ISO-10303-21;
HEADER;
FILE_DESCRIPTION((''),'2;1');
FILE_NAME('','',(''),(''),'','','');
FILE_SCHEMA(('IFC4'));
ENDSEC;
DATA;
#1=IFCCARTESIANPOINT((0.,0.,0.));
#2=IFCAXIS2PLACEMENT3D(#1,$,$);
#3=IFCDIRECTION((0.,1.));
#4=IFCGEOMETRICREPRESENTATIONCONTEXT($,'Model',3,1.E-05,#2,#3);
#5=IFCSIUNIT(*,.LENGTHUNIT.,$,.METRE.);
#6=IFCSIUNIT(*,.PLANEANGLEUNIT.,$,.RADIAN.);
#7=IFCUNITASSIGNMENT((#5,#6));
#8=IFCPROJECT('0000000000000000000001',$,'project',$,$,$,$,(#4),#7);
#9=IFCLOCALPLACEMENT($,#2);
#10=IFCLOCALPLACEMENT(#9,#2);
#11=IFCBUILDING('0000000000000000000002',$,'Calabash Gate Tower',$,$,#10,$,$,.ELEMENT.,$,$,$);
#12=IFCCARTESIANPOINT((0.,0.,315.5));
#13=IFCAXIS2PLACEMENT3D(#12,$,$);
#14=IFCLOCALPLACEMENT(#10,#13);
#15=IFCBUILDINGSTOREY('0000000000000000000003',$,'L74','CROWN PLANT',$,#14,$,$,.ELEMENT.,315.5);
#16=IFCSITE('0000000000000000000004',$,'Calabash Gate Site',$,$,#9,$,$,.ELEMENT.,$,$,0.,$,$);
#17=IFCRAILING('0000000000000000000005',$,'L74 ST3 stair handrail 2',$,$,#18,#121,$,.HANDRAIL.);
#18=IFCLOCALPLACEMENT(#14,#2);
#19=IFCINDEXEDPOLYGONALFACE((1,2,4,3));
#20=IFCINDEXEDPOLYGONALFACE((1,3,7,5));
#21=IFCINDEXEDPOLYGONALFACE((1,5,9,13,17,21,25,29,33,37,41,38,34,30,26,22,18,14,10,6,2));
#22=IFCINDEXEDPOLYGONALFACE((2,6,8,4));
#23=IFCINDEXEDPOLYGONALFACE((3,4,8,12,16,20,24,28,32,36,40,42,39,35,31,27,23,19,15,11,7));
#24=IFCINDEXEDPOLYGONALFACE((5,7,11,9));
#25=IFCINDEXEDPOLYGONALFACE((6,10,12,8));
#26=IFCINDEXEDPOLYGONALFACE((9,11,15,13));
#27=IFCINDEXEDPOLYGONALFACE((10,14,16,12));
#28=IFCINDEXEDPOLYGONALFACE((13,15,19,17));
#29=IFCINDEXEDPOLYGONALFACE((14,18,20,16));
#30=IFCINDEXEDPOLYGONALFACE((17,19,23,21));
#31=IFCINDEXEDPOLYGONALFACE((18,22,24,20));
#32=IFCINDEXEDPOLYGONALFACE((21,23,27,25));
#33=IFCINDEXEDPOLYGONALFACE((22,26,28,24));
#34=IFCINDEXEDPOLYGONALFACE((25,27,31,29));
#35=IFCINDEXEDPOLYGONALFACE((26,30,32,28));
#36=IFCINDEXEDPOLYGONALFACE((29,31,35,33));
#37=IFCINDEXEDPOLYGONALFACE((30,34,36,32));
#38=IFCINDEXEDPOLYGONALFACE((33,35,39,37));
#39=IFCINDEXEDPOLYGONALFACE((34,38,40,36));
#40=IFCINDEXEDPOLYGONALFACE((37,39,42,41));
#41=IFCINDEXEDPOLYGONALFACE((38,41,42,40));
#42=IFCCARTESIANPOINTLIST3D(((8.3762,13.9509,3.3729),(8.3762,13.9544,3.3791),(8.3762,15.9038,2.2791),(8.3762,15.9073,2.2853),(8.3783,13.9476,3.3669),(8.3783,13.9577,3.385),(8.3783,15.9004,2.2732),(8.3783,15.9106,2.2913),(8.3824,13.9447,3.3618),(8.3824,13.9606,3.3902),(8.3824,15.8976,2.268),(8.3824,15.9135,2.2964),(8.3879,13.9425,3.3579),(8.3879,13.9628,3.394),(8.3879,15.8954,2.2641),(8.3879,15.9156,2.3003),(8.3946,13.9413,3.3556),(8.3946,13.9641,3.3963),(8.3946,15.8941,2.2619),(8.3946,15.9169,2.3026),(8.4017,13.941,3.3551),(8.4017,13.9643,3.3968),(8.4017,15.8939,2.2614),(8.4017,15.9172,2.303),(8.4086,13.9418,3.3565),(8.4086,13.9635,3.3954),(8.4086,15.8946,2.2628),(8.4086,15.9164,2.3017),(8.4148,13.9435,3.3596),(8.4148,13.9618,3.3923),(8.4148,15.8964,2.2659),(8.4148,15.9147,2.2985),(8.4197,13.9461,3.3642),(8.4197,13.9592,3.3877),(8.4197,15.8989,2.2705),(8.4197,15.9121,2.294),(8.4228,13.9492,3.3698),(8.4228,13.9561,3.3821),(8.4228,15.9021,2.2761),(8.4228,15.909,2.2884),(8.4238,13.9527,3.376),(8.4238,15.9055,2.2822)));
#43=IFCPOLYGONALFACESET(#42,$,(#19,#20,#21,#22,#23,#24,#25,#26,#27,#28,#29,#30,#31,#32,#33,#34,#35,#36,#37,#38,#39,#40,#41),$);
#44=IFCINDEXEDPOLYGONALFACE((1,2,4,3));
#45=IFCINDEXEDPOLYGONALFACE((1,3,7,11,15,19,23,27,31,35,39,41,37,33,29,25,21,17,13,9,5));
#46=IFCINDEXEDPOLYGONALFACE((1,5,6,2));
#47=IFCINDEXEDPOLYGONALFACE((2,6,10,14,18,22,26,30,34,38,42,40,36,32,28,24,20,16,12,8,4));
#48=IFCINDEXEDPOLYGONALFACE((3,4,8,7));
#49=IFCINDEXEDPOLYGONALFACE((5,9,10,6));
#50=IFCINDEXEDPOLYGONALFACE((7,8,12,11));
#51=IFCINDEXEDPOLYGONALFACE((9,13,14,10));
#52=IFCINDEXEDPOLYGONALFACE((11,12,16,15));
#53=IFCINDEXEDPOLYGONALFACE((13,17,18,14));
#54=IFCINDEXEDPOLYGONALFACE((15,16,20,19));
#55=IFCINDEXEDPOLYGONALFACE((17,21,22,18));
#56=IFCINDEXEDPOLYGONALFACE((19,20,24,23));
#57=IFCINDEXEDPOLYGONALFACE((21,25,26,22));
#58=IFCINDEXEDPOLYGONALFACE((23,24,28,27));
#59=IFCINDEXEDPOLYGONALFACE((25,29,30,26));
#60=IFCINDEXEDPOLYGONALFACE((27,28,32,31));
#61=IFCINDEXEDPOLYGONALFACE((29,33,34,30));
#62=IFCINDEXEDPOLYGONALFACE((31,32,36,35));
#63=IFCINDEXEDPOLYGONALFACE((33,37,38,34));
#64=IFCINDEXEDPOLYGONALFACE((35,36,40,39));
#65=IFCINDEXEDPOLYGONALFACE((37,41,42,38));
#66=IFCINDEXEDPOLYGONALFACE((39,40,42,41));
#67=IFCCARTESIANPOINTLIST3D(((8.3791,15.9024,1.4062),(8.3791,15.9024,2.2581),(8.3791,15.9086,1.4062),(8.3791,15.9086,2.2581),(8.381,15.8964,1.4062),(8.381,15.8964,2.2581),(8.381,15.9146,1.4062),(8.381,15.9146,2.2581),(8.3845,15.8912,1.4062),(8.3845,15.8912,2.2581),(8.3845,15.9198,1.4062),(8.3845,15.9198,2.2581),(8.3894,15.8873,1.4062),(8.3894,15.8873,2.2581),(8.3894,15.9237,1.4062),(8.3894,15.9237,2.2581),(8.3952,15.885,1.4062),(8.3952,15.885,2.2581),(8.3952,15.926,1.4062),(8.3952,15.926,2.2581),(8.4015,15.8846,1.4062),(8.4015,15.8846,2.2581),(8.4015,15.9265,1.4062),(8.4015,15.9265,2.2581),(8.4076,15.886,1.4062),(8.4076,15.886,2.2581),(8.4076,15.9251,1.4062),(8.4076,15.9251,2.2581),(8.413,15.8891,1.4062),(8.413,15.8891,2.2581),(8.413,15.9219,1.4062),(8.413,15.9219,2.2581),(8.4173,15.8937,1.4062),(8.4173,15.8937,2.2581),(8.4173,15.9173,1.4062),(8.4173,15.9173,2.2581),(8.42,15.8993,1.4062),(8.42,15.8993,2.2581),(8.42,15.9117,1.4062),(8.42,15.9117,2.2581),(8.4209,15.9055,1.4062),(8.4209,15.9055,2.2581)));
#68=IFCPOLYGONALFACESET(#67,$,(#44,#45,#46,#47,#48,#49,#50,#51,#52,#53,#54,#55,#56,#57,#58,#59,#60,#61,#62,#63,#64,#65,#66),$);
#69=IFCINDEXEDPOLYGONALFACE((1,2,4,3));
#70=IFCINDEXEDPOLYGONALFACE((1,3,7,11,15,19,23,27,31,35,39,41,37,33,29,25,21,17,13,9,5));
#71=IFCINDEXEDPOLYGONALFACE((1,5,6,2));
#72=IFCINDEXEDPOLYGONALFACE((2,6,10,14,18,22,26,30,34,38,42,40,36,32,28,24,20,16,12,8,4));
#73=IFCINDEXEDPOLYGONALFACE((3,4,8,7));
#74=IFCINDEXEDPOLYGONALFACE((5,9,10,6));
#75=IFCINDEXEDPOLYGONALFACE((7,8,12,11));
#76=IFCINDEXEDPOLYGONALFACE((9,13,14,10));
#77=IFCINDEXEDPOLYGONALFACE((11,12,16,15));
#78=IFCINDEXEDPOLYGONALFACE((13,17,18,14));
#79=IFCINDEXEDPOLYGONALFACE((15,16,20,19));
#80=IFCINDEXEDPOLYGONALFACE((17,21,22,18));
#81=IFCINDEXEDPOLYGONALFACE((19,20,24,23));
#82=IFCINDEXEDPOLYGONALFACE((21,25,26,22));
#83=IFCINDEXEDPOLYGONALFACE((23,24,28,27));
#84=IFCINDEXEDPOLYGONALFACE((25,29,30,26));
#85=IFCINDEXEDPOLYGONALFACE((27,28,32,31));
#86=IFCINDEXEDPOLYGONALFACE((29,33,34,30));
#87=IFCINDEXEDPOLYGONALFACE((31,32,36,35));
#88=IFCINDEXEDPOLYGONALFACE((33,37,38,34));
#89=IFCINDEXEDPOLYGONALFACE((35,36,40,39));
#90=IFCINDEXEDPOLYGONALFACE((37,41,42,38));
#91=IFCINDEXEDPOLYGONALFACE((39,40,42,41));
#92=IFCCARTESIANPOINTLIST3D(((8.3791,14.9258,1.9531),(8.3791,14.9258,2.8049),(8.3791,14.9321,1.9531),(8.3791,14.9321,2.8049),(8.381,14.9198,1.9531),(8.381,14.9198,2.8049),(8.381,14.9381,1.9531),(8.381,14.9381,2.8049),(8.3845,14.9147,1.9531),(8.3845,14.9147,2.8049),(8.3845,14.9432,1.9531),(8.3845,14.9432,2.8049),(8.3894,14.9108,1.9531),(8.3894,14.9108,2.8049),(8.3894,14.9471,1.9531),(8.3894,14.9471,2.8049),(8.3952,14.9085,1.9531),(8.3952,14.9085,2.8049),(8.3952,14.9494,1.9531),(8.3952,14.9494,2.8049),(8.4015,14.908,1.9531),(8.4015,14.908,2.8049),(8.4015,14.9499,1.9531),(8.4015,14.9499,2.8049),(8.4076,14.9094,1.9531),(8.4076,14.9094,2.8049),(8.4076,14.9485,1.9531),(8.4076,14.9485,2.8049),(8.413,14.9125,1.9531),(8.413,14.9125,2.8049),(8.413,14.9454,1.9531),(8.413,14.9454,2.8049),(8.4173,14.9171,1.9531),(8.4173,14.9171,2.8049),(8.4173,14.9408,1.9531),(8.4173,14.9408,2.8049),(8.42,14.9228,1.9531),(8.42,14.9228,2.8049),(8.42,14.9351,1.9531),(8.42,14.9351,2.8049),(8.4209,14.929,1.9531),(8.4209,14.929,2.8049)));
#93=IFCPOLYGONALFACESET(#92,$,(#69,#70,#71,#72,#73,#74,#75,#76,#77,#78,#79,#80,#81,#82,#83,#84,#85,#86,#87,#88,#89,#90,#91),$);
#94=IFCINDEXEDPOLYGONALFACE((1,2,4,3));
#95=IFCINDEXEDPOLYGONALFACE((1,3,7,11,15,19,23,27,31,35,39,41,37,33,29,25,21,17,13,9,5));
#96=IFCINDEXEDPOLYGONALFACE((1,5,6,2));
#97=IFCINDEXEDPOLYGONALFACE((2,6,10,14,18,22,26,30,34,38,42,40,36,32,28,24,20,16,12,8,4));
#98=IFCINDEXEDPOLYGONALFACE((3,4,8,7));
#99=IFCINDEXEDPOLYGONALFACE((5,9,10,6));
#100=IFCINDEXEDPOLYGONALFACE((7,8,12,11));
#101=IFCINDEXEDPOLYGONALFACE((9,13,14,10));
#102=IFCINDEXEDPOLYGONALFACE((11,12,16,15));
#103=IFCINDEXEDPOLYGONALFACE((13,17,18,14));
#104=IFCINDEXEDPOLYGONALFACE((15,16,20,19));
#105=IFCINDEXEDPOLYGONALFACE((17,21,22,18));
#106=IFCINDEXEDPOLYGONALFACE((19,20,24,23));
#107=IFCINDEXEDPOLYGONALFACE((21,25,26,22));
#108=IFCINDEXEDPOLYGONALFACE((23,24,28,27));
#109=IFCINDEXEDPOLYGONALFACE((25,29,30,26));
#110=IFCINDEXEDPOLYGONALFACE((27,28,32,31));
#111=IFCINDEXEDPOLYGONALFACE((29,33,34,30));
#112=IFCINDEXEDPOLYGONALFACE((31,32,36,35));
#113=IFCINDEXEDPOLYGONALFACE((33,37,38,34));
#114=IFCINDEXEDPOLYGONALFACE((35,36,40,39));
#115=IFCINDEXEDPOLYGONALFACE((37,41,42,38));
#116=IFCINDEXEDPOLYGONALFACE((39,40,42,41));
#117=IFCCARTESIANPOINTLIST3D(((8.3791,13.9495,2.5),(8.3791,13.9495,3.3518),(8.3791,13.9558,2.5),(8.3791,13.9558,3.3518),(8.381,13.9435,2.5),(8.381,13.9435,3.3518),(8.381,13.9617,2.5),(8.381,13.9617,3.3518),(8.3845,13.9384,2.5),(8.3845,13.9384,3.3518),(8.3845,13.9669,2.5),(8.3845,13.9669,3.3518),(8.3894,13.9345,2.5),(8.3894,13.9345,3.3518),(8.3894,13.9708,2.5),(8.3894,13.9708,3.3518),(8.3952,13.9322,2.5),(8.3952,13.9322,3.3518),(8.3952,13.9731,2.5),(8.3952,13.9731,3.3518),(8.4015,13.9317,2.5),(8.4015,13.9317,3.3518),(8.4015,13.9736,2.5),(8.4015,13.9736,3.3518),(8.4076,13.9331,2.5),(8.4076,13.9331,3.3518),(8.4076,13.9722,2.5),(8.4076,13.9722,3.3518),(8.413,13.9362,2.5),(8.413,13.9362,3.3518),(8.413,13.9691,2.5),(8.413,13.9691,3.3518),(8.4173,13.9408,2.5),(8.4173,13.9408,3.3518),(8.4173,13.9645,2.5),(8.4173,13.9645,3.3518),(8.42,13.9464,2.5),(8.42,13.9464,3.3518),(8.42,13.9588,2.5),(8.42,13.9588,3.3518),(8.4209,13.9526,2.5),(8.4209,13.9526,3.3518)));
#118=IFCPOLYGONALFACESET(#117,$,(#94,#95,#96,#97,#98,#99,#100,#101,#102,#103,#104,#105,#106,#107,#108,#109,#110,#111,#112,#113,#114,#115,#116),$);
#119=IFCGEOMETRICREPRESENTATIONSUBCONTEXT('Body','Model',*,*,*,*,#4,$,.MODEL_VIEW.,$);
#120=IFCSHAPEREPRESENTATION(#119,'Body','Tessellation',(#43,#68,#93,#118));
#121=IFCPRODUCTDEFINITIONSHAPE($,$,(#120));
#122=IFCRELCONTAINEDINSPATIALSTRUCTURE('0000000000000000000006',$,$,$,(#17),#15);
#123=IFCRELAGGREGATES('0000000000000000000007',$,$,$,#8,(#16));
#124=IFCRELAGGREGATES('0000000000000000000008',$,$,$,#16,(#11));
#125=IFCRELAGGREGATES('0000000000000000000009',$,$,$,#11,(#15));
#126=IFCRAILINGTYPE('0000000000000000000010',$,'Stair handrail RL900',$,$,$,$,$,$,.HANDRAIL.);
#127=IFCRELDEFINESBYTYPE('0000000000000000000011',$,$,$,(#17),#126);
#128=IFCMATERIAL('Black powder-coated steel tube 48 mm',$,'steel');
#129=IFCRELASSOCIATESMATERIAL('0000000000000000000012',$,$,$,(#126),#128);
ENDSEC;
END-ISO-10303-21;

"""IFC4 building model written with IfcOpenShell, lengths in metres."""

from ifc_helpers import new_model, si_unit, direction, frame, origin, origin_2d, place, context, subcontext, project, spatial, circle, extrude, material, type_object, element, save


model = new_model("IFC4")

# Units and contexts
model_context = context("Model", 3, precision=1e-05, world=origin(), true_north=direction((0.0, 1.0)))
body_context = subcontext(model_context, "Body", "Model", "MODEL_VIEW")
ifc_project = project(units=[si_unit("LENGTHUNIT", "METRE"), si_unit("PLANEANGLEUNIT", "RADIAN")], contexts=[model_context])

# Site, building, storey
site_placement = place(None, origin())
site = spatial("IfcSite", under=ifc_project, at=site_placement, Name="Calabash Gate Site", CompositionType="ELEMENT", RefElevation=0.0)
building_placement = place(site_placement, origin())
building = spatial("IfcBuilding", under=site, at=building_placement, Name="Calabash Gate Tower", CompositionType="ELEMENT")
storey_placement = place(building_placement, frame((0.0, 0.0, 315.5)))
storey = spatial("IfcBuildingStorey", under=building, at=storey_placement, Name="L74", Description="CROWN PLANT", CompositionType="ELEMENT", Elevation=315.5)

# Railing
ifc_material_1 = material(Name="Black powder-coated steel tube 48 mm", Category="steel")
railing_type_1 = type_object("IfcRailingType", Name="Stair handrail RL900", PredefinedType="HANDRAIL", material=ifc_material_1)
railing_1_placement = place(storey_placement, frame((8.3999, 15.9055, 1.4062)))
element("IfcRailing", 1, at=railing_1_placement, inside=storey, type_object=railing_type_1, Name="L74 ST3 stair handrail 2", PredefinedType="HANDRAIL", context=body_context, shape_type="SweptSolid", body=[
    extrude(circle(Radius=0.0239, at=origin_2d()), frame((0.0, 0.0, 0.876), z_axis=(0.0, -0.87248, 0.48865), x_axis=(1.0, 0.0, 0.0)), (0.0, 0.0, 1.0), 2.2383),
    extrude(circle(Radius=0.021, at=origin_2d()), origin(), (0.0, 0.0, 1.0), 0.8518),
    extrude(circle(Radius=0.021, at=origin_2d()), frame((0.0, -0.9766, 0.5469)), (0.0, 0.0, 1.0), 0.8518),
    extrude(circle(Radius=0.021, at=origin_2d()), frame((0.0, -1.9529, 1.0938)), (0.0, 0.0, 1.0), 0.8518),
])

save(model, "model.ifc")
